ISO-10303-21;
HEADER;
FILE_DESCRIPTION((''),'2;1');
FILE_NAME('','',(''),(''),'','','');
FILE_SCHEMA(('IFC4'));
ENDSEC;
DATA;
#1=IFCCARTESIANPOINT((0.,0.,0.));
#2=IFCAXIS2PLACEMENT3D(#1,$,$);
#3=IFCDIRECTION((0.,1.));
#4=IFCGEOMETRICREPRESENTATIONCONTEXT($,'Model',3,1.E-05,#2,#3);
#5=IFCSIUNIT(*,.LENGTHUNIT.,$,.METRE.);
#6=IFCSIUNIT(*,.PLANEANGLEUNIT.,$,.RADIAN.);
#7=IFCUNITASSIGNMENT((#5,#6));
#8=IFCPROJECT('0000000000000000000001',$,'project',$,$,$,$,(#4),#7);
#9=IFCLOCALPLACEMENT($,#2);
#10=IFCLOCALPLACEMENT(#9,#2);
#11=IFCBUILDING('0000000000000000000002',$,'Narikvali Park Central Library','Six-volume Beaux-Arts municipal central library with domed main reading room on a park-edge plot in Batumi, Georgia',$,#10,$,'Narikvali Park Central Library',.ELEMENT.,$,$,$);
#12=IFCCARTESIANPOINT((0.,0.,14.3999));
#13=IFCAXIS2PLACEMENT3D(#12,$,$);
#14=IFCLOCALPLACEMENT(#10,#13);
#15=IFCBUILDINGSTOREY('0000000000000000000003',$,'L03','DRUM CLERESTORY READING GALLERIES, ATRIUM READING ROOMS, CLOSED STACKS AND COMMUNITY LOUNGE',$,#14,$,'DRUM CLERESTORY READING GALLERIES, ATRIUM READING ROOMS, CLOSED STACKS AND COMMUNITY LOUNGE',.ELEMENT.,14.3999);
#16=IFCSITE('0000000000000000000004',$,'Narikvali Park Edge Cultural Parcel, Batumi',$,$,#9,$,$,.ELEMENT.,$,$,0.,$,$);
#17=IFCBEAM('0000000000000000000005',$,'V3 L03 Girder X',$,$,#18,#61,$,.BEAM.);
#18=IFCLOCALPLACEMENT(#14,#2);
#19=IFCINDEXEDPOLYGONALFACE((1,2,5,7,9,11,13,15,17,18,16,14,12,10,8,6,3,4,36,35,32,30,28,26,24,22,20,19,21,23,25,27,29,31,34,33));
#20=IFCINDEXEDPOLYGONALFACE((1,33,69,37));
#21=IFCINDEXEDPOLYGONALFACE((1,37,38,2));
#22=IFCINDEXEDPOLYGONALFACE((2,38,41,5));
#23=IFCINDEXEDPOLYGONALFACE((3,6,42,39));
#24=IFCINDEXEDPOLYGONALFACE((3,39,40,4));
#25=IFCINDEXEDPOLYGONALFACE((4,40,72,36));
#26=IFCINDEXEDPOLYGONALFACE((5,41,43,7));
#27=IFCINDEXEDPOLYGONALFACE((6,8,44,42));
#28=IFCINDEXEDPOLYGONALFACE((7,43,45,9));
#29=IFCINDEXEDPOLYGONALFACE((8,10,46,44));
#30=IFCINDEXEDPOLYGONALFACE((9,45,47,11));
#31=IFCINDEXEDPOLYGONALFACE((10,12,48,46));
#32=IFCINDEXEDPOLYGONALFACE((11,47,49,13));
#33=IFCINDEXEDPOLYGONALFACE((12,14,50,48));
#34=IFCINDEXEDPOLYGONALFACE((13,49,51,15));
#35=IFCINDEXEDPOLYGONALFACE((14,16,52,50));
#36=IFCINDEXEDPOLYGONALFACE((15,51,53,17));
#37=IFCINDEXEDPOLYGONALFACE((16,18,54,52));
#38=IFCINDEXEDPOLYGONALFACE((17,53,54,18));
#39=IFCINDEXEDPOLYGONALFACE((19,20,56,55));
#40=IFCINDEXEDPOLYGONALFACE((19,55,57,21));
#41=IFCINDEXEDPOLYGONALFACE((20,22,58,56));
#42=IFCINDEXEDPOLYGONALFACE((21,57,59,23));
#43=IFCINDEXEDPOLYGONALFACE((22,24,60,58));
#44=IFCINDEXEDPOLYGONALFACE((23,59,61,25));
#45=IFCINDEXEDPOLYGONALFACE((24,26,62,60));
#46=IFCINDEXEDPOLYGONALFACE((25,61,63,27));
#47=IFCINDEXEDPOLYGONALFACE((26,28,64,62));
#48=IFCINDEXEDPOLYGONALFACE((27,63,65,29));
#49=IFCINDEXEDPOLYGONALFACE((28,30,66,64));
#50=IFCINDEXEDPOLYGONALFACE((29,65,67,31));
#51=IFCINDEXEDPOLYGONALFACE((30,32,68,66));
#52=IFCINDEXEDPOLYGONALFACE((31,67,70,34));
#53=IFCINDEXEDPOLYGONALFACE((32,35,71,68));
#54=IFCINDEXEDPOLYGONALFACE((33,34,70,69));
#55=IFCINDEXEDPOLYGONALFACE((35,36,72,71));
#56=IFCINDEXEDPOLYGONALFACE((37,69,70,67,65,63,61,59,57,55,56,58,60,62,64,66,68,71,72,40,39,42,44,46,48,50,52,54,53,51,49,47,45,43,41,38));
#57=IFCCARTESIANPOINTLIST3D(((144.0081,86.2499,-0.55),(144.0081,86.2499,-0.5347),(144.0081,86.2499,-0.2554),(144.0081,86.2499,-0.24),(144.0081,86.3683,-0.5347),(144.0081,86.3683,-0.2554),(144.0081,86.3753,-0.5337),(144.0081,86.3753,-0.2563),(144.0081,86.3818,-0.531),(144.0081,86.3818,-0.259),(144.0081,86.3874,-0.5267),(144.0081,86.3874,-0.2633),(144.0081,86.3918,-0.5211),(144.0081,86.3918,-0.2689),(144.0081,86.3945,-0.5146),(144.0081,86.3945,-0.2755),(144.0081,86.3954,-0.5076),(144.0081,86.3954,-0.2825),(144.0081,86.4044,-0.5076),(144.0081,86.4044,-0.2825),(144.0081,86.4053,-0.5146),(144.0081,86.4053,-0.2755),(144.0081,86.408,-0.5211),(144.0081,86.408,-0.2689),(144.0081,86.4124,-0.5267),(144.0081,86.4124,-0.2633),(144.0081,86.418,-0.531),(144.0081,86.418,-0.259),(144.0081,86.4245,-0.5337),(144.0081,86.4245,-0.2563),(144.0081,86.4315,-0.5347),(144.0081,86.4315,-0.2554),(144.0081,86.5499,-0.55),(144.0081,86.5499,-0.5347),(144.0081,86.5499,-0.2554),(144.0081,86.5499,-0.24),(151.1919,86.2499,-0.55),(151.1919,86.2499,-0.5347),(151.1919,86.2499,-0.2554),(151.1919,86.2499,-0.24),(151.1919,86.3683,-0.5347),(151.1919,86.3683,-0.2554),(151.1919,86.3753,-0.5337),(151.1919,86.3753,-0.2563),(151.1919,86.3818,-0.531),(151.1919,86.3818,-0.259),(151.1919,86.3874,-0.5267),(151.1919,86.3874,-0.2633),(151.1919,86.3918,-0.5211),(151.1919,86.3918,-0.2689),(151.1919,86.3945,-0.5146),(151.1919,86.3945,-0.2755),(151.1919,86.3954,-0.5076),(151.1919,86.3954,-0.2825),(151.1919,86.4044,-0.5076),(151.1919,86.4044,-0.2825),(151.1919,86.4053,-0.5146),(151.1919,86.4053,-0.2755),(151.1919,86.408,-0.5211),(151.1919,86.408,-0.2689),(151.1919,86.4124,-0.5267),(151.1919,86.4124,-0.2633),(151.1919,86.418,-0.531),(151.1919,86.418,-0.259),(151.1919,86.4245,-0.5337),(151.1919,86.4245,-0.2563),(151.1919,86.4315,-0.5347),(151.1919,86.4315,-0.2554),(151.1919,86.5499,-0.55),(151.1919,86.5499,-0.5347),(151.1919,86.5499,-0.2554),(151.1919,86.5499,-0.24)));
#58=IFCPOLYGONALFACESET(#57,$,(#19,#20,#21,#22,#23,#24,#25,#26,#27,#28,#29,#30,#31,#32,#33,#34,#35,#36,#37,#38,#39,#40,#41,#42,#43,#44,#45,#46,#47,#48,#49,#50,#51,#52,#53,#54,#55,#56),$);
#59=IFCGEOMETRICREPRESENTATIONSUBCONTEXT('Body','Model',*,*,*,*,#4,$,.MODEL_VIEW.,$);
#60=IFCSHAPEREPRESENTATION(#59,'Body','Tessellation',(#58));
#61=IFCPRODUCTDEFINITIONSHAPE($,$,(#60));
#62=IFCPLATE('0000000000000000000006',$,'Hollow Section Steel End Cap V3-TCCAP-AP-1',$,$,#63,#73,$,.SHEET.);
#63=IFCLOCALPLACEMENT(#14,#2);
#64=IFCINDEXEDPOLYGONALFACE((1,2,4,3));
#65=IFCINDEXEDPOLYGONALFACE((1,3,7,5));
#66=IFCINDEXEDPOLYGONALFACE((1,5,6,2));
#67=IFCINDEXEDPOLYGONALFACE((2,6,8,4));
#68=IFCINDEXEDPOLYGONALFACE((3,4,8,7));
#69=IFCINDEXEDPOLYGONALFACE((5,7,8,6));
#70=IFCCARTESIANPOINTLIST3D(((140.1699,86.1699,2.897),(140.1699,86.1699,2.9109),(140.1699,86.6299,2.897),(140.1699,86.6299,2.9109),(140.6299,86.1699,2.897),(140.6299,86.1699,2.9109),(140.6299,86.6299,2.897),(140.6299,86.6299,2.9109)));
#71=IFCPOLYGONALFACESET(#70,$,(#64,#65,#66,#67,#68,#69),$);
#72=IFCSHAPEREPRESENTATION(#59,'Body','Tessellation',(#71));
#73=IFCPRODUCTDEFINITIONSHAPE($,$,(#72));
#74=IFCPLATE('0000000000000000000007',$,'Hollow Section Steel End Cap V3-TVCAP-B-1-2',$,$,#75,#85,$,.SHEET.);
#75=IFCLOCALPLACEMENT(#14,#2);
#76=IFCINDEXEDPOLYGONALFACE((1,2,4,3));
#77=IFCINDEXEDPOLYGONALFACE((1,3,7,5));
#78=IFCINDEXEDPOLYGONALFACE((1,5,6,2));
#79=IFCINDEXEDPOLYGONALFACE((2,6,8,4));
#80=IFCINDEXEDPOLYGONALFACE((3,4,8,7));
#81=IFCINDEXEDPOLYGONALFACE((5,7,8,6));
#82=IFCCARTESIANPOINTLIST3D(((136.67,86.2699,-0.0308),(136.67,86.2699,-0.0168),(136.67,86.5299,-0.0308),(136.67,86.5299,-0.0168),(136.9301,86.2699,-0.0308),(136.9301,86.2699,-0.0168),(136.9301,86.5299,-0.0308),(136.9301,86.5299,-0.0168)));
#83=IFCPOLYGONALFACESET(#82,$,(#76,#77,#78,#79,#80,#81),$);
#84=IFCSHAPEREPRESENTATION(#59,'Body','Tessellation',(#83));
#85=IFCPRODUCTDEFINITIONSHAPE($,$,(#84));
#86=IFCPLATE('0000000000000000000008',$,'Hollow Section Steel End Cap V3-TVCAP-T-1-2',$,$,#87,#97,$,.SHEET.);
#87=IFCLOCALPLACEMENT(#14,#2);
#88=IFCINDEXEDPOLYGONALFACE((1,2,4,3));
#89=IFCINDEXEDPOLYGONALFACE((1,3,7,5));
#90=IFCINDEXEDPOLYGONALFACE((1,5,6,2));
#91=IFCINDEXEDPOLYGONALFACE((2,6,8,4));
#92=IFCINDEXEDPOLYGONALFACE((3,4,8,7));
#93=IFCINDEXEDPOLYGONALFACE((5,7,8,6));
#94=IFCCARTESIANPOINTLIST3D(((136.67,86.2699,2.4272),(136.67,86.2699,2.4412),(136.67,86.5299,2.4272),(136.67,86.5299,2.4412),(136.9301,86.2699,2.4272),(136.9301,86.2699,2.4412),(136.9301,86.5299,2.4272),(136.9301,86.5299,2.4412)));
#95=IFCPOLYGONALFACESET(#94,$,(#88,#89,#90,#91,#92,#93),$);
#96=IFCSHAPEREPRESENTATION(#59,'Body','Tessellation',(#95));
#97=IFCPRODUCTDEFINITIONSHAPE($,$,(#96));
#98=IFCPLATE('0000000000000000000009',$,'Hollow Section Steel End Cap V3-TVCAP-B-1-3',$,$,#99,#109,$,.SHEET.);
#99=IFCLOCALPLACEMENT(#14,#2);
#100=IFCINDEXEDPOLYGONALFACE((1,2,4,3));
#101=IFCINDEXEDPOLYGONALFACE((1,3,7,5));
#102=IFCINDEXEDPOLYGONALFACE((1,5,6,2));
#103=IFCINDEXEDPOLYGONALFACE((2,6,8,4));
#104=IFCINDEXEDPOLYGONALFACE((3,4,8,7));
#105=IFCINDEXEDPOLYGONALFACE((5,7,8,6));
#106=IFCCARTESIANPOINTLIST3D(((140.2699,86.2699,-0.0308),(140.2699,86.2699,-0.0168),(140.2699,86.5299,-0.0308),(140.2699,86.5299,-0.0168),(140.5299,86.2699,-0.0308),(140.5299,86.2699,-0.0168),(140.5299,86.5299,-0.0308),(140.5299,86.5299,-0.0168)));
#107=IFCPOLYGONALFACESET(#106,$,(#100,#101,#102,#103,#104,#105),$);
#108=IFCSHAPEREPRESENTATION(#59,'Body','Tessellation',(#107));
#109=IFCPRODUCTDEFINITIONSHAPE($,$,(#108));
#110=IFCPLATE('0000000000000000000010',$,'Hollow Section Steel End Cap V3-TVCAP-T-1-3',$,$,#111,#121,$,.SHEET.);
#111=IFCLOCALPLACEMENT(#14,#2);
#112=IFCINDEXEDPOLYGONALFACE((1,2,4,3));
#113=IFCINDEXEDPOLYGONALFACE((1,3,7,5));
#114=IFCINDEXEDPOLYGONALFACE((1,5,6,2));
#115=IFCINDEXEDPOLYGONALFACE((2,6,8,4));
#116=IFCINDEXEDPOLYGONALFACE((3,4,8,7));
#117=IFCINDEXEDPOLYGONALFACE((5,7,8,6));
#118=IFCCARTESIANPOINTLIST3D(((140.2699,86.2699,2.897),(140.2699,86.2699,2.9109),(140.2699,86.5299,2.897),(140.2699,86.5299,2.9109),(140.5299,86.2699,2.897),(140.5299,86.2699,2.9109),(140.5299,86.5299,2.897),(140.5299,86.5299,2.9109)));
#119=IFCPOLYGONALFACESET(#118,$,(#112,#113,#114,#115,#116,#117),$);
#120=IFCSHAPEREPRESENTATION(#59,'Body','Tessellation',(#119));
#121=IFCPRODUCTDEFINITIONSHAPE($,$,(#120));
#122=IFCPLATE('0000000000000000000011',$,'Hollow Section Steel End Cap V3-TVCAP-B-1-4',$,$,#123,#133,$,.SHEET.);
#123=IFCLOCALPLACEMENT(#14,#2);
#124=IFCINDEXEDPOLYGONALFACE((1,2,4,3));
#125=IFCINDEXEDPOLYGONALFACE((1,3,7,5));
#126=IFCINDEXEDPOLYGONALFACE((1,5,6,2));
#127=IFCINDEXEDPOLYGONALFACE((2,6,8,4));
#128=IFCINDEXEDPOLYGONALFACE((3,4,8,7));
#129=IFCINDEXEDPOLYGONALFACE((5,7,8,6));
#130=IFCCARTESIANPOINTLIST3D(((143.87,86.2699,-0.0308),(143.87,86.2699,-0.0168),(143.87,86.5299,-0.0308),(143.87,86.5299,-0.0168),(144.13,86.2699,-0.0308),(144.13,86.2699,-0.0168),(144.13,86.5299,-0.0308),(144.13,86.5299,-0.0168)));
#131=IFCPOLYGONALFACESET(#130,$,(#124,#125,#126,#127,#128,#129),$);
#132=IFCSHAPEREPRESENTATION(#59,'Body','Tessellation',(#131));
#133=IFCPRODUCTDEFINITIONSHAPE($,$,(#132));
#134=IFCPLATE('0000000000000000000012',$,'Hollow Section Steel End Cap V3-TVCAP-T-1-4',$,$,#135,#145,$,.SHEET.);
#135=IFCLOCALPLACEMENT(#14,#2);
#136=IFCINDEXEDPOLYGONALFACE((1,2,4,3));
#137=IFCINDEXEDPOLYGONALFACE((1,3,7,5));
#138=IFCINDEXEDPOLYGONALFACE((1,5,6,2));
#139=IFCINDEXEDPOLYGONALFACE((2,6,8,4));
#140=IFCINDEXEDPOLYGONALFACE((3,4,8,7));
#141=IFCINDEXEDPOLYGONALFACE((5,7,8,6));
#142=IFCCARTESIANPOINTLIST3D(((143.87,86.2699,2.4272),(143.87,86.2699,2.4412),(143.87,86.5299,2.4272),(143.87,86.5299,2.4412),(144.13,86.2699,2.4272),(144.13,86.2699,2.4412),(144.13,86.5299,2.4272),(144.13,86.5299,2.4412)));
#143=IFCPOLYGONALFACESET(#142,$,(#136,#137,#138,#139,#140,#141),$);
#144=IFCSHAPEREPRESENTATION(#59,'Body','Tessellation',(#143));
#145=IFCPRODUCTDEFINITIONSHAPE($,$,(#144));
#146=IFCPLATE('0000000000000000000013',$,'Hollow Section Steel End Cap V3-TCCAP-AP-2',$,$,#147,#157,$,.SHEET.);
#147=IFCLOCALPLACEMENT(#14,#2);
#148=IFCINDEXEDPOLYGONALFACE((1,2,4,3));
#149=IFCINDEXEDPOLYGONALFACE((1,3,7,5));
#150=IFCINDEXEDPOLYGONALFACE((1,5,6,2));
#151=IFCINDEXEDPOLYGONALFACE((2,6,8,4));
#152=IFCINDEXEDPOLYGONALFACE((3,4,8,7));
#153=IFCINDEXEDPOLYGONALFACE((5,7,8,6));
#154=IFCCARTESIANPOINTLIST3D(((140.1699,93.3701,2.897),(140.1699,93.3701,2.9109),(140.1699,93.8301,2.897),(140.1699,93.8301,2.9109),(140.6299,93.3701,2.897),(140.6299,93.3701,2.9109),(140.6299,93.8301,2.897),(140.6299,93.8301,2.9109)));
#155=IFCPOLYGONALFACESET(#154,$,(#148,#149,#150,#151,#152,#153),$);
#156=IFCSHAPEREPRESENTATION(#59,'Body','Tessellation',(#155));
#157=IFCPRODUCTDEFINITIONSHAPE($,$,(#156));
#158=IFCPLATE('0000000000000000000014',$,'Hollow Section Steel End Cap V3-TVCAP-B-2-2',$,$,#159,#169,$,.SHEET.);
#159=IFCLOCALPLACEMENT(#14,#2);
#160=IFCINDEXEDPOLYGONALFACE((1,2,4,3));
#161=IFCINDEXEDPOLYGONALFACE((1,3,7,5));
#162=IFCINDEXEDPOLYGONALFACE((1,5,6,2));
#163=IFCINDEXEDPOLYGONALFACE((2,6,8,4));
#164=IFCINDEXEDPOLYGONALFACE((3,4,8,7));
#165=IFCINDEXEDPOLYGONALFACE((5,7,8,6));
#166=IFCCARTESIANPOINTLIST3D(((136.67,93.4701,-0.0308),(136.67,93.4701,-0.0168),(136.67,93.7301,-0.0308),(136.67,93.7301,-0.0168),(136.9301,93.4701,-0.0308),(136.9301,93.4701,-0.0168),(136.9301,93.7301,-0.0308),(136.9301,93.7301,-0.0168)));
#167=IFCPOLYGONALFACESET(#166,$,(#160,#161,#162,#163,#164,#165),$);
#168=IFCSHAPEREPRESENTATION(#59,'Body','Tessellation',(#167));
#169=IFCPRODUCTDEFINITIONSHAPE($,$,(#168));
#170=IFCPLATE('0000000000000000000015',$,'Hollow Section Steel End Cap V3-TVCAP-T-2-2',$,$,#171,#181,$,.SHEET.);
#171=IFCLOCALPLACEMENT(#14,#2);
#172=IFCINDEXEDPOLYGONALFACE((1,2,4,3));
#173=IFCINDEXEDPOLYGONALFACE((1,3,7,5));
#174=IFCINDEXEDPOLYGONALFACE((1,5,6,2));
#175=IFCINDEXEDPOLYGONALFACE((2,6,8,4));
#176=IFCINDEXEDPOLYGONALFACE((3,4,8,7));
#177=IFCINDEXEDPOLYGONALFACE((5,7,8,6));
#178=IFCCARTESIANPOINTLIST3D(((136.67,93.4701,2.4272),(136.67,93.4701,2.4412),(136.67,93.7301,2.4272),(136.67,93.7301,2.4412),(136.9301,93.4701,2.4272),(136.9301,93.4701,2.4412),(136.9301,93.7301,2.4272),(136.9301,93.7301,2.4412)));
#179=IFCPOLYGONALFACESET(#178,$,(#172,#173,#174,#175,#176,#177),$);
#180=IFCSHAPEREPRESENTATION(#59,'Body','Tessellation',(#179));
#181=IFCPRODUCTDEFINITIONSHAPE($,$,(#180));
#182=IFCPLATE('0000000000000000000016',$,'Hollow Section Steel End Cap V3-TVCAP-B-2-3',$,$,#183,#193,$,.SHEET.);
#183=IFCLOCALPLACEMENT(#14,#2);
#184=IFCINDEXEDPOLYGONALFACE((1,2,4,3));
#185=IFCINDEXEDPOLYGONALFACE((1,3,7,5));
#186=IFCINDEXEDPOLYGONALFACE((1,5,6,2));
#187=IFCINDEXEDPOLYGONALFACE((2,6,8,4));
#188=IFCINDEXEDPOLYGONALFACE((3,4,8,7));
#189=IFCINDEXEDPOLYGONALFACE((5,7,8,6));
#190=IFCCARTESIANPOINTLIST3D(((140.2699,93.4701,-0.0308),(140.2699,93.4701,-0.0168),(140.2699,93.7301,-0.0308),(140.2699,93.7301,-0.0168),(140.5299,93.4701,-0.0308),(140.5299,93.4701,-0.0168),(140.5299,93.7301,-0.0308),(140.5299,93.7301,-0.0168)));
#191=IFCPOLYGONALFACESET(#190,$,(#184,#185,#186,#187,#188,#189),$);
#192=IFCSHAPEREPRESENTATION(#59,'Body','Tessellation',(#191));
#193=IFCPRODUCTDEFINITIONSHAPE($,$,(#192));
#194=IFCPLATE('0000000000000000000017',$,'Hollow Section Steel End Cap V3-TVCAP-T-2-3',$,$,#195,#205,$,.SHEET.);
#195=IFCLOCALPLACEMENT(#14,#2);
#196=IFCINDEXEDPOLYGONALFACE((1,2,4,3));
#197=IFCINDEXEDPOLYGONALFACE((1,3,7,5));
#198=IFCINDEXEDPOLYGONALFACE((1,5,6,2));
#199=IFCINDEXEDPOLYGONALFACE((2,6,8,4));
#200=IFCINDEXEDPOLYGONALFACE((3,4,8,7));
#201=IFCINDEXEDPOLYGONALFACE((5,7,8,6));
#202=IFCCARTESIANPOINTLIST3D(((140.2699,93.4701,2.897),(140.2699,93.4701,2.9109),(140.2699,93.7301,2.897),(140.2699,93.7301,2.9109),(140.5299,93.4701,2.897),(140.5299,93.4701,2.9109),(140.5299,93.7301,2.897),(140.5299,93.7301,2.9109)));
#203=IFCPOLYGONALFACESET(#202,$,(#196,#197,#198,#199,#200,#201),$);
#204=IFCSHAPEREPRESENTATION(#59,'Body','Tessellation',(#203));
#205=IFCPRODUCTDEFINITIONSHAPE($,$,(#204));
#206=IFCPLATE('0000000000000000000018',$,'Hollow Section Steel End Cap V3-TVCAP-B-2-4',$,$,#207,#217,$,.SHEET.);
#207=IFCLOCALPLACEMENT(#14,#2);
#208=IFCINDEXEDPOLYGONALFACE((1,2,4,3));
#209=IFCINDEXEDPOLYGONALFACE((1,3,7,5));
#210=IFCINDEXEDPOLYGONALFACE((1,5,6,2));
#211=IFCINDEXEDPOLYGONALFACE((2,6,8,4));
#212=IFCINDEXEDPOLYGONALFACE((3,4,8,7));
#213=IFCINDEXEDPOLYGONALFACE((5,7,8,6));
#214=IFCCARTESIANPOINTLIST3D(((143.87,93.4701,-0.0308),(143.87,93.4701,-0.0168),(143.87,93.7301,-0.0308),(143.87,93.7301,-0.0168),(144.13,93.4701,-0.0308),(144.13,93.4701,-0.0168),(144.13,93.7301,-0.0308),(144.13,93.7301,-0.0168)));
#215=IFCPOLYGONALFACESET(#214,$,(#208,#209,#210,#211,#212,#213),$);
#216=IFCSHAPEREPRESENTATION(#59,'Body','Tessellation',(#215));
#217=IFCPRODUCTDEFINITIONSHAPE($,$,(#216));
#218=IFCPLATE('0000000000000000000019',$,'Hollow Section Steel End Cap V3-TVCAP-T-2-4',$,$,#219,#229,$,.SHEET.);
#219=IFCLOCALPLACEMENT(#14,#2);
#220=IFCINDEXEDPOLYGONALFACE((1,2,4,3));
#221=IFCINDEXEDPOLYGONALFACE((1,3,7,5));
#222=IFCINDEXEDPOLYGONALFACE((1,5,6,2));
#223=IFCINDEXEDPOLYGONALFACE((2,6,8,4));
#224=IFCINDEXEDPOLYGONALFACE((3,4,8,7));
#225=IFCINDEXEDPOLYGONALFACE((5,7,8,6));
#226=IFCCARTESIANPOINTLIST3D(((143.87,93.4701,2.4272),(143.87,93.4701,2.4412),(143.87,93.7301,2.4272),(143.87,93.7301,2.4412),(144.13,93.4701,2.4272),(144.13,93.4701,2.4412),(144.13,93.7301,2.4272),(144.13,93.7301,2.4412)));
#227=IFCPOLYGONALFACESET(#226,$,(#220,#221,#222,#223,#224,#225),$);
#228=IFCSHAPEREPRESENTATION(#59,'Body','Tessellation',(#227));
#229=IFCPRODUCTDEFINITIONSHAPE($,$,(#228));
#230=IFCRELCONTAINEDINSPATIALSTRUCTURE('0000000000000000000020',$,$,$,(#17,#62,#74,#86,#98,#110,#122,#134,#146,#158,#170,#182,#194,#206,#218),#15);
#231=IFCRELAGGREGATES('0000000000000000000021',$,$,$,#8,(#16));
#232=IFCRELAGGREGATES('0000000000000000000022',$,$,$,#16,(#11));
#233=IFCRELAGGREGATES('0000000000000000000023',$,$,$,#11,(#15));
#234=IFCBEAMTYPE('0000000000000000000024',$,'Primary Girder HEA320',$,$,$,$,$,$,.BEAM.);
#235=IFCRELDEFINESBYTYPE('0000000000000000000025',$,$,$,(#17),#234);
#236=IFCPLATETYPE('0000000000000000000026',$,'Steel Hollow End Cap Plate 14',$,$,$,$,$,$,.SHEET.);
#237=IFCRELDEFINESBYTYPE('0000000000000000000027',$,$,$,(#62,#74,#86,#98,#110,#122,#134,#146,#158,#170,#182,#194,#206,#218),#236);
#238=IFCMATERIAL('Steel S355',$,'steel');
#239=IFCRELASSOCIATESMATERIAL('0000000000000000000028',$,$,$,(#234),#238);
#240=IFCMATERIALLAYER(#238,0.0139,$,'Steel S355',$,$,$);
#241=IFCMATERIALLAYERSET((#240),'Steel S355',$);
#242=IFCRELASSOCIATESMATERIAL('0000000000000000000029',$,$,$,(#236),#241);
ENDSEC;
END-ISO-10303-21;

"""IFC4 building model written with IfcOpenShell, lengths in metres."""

from ifc_helpers import new_model, si_unit, direction, frame, origin, origin_2d, place, context, subcontext, project, spatial, rectangle, i_section, extrude, material, layer, layer_set, material_profile, profile_set, type_object, element, save


model = new_model("IFC4")

# Units and contexts
model_context = context("Model", 3, precision=1e-05, world=origin(), true_north=direction((0.0, 1.0)))
body_context = subcontext(model_context, "Body", "Model", "MODEL_VIEW")
ifc_project = project(units=[si_unit("LENGTHUNIT", "METRE"), si_unit("PLANEANGLEUNIT", "RADIAN")], contexts=[model_context])

# Site, building, storey
site_placement = place(None, origin())
site = spatial("IfcSite", under=ifc_project, at=site_placement, Name="Narikvali Park Edge Cultural Parcel, Batumi", CompositionType="ELEMENT", RefElevation=0.0)
building_placement = place(site_placement, origin())
building = spatial("IfcBuilding", under=site, at=building_placement, Name="Narikvali Park Central Library", Description="Six-volume Beaux-Arts municipal central library with domed main reading room on a park-edge plot in Batumi, Georgia", LongName="Narikvali Park Central Library", CompositionType="ELEMENT")
storey_placement = place(building_placement, frame((0.0, 0.0, 14.3999)))
storey = spatial("IfcBuildingStorey", under=building, at=storey_placement, Name="L03", Description="DRUM CLERESTORY READING GALLERIES, ATRIUM READING ROOMS, CLOSED STACKS AND COMMUNITY LOUNGE", LongName="DRUM CLERESTORY READING GALLERIES, ATRIUM READING ROOMS, CLOSED STACKS AND COMMUNITY LOUNGE", CompositionType="ELEMENT", Elevation=14.3999)

# Shared definitions
ifc_material_1 = material(Name="Steel S355", Category="steel")

# Beam
ifc_material_profile_1 = material_profile(ifc_material_1, i_section(OverallWidth=0.3, OverallDepth=0.3101, WebThickness=0.009, FlangeThickness=0.0154, FilletRadius=0.0271, at=origin_2d()), Name="HEA 320")
ifc_profile_set_1 = profile_set([ifc_material_profile_1], Name="Steel S355")
beam_type_1 = type_object("IfcBeamType", Name="Primary Girder HEA320", PredefinedType="BEAM", material=ifc_profile_set_1)
for number, where, z_axis, x_axis, name in (
    (1, (144.0081, 86.3999, -0.395), (1.0, 0.0, 0.0), (0.0, 1.0, 0.0), "V3 L03 Girder X"),
):
    element("IfcBeam", number, at=place(storey_placement, frame(where, z_axis=z_axis, x_axis=x_axis)), inside=storey, type_object=beam_type_1, Name=name, PredefinedType="BEAM", context=body_context, shape_type="SweptSolid", body=[
        extrude(i_section(OverallWidth=0.3, OverallDepth=0.3101, WebThickness=0.009, FlangeThickness=0.0154, FilletRadius=0.0271, at=origin_2d()), origin(), (0.0, 0.0, 1.0), 7.1838),
    ])

# Plates
ifc_layer_1 = layer(ifc_material_1, 0.0139, Name="Steel S355")
ifc_layer_set_1 = layer_set([ifc_layer_1], Name="Steel S355")
plate_type = type_object("IfcPlateType", Name="Steel Hollow End Cap Plate 14", PredefinedType="SHEET", material=ifc_layer_set_1)
plate_1_placement = place(storey_placement, frame((140.3999, 86.3999, 2.897), z_axis=(0.0, 0.0, 1.0), x_axis=(1.0, 0.0, 0.0)))
element("IfcPlate", 2, at=plate_1_placement, inside=storey, type_object=plate_type, Name="Hollow Section Steel End Cap V3-TCCAP-AP-1", PredefinedType="SHEET", context=body_context, shape_type="SweptSolid", body=[
    extrude(rectangle(XDim=0.46, YDim=0.46, at=origin_2d()), origin(), (0.0, 0.0, 1.0), 0.0139),
])
for number, where, z_axis, x_axis, name in (
    (3, (136.8, 86.3999, -0.0308), (0.0, 0.0, 1.0), (1.0, 0.0, 0.0), "Hollow Section Steel End Cap V3-TVCAP-B-1-2"),
    (4, (136.8, 86.3999, 2.4272), (0.0, 0.0, 1.0), (1.0, 0.0, 0.0), "Hollow Section Steel End Cap V3-TVCAP-T-1-2"),
    (5, (140.3999, 86.3999, -0.0308), (0.0, 0.0, 1.0), (1.0, 0.0, 0.0), "Hollow Section Steel End Cap V3-TVCAP-B-1-3"),
    (6, (140.3999, 86.3999, 2.897), (0.0, 0.0, 1.0), (1.0, 0.0, 0.0), "Hollow Section Steel End Cap V3-TVCAP-T-1-3"),
    (7, (144.0, 86.3999, -0.0308), (0.0, 0.0, 1.0), (1.0, 0.0, 0.0), "Hollow Section Steel End Cap V3-TVCAP-B-1-4"),
    (8, (144.0, 86.3999, 2.4272), (0.0, 0.0, 1.0), (1.0, 0.0, 0.0), "Hollow Section Steel End Cap V3-TVCAP-T-1-4"),
):
    element("IfcPlate", number, at=place(storey_placement, frame(where, z_axis=z_axis, x_axis=x_axis)), inside=storey, type_object=plate_type, Name=name, PredefinedType="SHEET", context=body_context, shape_type="SweptSolid", body=[
        extrude(rectangle(XDim=0.26, YDim=0.26, at=origin_2d()), origin(), (0.0, 0.0, 1.0), 0.0139),
    ])
plate_2_placement = place(storey_placement, frame((140.3999, 93.6001, 2.897), z_axis=(0.0, 0.0, 1.0), x_axis=(1.0, 0.0, 0.0)))
element("IfcPlate", 9, at=plate_2_placement, inside=storey, type_object=plate_type, Name="Hollow Section Steel End Cap V3-TCCAP-AP-2", PredefinedType="SHEET", context=body_context, shape_type="SweptSolid", body=[
    extrude(rectangle(XDim=0.46, YDim=0.46, at=origin_2d()), origin(), (0.0, 0.0, 1.0), 0.0139),
])
for number, where, z_axis, x_axis, name in (
    (10, (136.8, 93.6001, -0.0308), (0.0, 0.0, 1.0), (1.0, 0.0, 0.0), "Hollow Section Steel End Cap V3-TVCAP-B-2-2"),
    (11, (136.8, 93.6001, 2.4272), (0.0, 0.0, 1.0), (1.0, 0.0, 0.0), "Hollow Section Steel End Cap V3-TVCAP-T-2-2"),
    (12, (140.3999, 93.6001, -0.0308), (0.0, 0.0, 1.0), (1.0, 0.0, 0.0), "Hollow Section Steel End Cap V3-TVCAP-B-2-3"),
    (13, (140.3999, 93.6001, 2.897), (0.0, 0.0, 1.0), (1.0, 0.0, 0.0), "Hollow Section Steel End Cap V3-TVCAP-T-2-3"),
    (14, (144.0, 93.6001, -0.0308), (0.0, 0.0, 1.0), (1.0, 0.0, 0.0), "Hollow Section Steel End Cap V3-TVCAP-B-2-4"),
    (15, (144.0, 93.6001, 2.4272), (0.0, 0.0, 1.0), (1.0, 0.0, 0.0), "Hollow Section Steel End Cap V3-TVCAP-T-2-4"),
):
    element("IfcPlate", number, at=place(storey_placement, frame(where, z_axis=z_axis, x_axis=x_axis)), inside=storey, type_object=plate_type, Name=name, PredefinedType="SHEET", context=body_context, shape_type="SweptSolid", body=[
        extrude(rectangle(XDim=0.26, YDim=0.26, at=origin_2d()), origin(), (0.0, 0.0, 1.0), 0.0139),
    ])

save(model, "model.ifc")
